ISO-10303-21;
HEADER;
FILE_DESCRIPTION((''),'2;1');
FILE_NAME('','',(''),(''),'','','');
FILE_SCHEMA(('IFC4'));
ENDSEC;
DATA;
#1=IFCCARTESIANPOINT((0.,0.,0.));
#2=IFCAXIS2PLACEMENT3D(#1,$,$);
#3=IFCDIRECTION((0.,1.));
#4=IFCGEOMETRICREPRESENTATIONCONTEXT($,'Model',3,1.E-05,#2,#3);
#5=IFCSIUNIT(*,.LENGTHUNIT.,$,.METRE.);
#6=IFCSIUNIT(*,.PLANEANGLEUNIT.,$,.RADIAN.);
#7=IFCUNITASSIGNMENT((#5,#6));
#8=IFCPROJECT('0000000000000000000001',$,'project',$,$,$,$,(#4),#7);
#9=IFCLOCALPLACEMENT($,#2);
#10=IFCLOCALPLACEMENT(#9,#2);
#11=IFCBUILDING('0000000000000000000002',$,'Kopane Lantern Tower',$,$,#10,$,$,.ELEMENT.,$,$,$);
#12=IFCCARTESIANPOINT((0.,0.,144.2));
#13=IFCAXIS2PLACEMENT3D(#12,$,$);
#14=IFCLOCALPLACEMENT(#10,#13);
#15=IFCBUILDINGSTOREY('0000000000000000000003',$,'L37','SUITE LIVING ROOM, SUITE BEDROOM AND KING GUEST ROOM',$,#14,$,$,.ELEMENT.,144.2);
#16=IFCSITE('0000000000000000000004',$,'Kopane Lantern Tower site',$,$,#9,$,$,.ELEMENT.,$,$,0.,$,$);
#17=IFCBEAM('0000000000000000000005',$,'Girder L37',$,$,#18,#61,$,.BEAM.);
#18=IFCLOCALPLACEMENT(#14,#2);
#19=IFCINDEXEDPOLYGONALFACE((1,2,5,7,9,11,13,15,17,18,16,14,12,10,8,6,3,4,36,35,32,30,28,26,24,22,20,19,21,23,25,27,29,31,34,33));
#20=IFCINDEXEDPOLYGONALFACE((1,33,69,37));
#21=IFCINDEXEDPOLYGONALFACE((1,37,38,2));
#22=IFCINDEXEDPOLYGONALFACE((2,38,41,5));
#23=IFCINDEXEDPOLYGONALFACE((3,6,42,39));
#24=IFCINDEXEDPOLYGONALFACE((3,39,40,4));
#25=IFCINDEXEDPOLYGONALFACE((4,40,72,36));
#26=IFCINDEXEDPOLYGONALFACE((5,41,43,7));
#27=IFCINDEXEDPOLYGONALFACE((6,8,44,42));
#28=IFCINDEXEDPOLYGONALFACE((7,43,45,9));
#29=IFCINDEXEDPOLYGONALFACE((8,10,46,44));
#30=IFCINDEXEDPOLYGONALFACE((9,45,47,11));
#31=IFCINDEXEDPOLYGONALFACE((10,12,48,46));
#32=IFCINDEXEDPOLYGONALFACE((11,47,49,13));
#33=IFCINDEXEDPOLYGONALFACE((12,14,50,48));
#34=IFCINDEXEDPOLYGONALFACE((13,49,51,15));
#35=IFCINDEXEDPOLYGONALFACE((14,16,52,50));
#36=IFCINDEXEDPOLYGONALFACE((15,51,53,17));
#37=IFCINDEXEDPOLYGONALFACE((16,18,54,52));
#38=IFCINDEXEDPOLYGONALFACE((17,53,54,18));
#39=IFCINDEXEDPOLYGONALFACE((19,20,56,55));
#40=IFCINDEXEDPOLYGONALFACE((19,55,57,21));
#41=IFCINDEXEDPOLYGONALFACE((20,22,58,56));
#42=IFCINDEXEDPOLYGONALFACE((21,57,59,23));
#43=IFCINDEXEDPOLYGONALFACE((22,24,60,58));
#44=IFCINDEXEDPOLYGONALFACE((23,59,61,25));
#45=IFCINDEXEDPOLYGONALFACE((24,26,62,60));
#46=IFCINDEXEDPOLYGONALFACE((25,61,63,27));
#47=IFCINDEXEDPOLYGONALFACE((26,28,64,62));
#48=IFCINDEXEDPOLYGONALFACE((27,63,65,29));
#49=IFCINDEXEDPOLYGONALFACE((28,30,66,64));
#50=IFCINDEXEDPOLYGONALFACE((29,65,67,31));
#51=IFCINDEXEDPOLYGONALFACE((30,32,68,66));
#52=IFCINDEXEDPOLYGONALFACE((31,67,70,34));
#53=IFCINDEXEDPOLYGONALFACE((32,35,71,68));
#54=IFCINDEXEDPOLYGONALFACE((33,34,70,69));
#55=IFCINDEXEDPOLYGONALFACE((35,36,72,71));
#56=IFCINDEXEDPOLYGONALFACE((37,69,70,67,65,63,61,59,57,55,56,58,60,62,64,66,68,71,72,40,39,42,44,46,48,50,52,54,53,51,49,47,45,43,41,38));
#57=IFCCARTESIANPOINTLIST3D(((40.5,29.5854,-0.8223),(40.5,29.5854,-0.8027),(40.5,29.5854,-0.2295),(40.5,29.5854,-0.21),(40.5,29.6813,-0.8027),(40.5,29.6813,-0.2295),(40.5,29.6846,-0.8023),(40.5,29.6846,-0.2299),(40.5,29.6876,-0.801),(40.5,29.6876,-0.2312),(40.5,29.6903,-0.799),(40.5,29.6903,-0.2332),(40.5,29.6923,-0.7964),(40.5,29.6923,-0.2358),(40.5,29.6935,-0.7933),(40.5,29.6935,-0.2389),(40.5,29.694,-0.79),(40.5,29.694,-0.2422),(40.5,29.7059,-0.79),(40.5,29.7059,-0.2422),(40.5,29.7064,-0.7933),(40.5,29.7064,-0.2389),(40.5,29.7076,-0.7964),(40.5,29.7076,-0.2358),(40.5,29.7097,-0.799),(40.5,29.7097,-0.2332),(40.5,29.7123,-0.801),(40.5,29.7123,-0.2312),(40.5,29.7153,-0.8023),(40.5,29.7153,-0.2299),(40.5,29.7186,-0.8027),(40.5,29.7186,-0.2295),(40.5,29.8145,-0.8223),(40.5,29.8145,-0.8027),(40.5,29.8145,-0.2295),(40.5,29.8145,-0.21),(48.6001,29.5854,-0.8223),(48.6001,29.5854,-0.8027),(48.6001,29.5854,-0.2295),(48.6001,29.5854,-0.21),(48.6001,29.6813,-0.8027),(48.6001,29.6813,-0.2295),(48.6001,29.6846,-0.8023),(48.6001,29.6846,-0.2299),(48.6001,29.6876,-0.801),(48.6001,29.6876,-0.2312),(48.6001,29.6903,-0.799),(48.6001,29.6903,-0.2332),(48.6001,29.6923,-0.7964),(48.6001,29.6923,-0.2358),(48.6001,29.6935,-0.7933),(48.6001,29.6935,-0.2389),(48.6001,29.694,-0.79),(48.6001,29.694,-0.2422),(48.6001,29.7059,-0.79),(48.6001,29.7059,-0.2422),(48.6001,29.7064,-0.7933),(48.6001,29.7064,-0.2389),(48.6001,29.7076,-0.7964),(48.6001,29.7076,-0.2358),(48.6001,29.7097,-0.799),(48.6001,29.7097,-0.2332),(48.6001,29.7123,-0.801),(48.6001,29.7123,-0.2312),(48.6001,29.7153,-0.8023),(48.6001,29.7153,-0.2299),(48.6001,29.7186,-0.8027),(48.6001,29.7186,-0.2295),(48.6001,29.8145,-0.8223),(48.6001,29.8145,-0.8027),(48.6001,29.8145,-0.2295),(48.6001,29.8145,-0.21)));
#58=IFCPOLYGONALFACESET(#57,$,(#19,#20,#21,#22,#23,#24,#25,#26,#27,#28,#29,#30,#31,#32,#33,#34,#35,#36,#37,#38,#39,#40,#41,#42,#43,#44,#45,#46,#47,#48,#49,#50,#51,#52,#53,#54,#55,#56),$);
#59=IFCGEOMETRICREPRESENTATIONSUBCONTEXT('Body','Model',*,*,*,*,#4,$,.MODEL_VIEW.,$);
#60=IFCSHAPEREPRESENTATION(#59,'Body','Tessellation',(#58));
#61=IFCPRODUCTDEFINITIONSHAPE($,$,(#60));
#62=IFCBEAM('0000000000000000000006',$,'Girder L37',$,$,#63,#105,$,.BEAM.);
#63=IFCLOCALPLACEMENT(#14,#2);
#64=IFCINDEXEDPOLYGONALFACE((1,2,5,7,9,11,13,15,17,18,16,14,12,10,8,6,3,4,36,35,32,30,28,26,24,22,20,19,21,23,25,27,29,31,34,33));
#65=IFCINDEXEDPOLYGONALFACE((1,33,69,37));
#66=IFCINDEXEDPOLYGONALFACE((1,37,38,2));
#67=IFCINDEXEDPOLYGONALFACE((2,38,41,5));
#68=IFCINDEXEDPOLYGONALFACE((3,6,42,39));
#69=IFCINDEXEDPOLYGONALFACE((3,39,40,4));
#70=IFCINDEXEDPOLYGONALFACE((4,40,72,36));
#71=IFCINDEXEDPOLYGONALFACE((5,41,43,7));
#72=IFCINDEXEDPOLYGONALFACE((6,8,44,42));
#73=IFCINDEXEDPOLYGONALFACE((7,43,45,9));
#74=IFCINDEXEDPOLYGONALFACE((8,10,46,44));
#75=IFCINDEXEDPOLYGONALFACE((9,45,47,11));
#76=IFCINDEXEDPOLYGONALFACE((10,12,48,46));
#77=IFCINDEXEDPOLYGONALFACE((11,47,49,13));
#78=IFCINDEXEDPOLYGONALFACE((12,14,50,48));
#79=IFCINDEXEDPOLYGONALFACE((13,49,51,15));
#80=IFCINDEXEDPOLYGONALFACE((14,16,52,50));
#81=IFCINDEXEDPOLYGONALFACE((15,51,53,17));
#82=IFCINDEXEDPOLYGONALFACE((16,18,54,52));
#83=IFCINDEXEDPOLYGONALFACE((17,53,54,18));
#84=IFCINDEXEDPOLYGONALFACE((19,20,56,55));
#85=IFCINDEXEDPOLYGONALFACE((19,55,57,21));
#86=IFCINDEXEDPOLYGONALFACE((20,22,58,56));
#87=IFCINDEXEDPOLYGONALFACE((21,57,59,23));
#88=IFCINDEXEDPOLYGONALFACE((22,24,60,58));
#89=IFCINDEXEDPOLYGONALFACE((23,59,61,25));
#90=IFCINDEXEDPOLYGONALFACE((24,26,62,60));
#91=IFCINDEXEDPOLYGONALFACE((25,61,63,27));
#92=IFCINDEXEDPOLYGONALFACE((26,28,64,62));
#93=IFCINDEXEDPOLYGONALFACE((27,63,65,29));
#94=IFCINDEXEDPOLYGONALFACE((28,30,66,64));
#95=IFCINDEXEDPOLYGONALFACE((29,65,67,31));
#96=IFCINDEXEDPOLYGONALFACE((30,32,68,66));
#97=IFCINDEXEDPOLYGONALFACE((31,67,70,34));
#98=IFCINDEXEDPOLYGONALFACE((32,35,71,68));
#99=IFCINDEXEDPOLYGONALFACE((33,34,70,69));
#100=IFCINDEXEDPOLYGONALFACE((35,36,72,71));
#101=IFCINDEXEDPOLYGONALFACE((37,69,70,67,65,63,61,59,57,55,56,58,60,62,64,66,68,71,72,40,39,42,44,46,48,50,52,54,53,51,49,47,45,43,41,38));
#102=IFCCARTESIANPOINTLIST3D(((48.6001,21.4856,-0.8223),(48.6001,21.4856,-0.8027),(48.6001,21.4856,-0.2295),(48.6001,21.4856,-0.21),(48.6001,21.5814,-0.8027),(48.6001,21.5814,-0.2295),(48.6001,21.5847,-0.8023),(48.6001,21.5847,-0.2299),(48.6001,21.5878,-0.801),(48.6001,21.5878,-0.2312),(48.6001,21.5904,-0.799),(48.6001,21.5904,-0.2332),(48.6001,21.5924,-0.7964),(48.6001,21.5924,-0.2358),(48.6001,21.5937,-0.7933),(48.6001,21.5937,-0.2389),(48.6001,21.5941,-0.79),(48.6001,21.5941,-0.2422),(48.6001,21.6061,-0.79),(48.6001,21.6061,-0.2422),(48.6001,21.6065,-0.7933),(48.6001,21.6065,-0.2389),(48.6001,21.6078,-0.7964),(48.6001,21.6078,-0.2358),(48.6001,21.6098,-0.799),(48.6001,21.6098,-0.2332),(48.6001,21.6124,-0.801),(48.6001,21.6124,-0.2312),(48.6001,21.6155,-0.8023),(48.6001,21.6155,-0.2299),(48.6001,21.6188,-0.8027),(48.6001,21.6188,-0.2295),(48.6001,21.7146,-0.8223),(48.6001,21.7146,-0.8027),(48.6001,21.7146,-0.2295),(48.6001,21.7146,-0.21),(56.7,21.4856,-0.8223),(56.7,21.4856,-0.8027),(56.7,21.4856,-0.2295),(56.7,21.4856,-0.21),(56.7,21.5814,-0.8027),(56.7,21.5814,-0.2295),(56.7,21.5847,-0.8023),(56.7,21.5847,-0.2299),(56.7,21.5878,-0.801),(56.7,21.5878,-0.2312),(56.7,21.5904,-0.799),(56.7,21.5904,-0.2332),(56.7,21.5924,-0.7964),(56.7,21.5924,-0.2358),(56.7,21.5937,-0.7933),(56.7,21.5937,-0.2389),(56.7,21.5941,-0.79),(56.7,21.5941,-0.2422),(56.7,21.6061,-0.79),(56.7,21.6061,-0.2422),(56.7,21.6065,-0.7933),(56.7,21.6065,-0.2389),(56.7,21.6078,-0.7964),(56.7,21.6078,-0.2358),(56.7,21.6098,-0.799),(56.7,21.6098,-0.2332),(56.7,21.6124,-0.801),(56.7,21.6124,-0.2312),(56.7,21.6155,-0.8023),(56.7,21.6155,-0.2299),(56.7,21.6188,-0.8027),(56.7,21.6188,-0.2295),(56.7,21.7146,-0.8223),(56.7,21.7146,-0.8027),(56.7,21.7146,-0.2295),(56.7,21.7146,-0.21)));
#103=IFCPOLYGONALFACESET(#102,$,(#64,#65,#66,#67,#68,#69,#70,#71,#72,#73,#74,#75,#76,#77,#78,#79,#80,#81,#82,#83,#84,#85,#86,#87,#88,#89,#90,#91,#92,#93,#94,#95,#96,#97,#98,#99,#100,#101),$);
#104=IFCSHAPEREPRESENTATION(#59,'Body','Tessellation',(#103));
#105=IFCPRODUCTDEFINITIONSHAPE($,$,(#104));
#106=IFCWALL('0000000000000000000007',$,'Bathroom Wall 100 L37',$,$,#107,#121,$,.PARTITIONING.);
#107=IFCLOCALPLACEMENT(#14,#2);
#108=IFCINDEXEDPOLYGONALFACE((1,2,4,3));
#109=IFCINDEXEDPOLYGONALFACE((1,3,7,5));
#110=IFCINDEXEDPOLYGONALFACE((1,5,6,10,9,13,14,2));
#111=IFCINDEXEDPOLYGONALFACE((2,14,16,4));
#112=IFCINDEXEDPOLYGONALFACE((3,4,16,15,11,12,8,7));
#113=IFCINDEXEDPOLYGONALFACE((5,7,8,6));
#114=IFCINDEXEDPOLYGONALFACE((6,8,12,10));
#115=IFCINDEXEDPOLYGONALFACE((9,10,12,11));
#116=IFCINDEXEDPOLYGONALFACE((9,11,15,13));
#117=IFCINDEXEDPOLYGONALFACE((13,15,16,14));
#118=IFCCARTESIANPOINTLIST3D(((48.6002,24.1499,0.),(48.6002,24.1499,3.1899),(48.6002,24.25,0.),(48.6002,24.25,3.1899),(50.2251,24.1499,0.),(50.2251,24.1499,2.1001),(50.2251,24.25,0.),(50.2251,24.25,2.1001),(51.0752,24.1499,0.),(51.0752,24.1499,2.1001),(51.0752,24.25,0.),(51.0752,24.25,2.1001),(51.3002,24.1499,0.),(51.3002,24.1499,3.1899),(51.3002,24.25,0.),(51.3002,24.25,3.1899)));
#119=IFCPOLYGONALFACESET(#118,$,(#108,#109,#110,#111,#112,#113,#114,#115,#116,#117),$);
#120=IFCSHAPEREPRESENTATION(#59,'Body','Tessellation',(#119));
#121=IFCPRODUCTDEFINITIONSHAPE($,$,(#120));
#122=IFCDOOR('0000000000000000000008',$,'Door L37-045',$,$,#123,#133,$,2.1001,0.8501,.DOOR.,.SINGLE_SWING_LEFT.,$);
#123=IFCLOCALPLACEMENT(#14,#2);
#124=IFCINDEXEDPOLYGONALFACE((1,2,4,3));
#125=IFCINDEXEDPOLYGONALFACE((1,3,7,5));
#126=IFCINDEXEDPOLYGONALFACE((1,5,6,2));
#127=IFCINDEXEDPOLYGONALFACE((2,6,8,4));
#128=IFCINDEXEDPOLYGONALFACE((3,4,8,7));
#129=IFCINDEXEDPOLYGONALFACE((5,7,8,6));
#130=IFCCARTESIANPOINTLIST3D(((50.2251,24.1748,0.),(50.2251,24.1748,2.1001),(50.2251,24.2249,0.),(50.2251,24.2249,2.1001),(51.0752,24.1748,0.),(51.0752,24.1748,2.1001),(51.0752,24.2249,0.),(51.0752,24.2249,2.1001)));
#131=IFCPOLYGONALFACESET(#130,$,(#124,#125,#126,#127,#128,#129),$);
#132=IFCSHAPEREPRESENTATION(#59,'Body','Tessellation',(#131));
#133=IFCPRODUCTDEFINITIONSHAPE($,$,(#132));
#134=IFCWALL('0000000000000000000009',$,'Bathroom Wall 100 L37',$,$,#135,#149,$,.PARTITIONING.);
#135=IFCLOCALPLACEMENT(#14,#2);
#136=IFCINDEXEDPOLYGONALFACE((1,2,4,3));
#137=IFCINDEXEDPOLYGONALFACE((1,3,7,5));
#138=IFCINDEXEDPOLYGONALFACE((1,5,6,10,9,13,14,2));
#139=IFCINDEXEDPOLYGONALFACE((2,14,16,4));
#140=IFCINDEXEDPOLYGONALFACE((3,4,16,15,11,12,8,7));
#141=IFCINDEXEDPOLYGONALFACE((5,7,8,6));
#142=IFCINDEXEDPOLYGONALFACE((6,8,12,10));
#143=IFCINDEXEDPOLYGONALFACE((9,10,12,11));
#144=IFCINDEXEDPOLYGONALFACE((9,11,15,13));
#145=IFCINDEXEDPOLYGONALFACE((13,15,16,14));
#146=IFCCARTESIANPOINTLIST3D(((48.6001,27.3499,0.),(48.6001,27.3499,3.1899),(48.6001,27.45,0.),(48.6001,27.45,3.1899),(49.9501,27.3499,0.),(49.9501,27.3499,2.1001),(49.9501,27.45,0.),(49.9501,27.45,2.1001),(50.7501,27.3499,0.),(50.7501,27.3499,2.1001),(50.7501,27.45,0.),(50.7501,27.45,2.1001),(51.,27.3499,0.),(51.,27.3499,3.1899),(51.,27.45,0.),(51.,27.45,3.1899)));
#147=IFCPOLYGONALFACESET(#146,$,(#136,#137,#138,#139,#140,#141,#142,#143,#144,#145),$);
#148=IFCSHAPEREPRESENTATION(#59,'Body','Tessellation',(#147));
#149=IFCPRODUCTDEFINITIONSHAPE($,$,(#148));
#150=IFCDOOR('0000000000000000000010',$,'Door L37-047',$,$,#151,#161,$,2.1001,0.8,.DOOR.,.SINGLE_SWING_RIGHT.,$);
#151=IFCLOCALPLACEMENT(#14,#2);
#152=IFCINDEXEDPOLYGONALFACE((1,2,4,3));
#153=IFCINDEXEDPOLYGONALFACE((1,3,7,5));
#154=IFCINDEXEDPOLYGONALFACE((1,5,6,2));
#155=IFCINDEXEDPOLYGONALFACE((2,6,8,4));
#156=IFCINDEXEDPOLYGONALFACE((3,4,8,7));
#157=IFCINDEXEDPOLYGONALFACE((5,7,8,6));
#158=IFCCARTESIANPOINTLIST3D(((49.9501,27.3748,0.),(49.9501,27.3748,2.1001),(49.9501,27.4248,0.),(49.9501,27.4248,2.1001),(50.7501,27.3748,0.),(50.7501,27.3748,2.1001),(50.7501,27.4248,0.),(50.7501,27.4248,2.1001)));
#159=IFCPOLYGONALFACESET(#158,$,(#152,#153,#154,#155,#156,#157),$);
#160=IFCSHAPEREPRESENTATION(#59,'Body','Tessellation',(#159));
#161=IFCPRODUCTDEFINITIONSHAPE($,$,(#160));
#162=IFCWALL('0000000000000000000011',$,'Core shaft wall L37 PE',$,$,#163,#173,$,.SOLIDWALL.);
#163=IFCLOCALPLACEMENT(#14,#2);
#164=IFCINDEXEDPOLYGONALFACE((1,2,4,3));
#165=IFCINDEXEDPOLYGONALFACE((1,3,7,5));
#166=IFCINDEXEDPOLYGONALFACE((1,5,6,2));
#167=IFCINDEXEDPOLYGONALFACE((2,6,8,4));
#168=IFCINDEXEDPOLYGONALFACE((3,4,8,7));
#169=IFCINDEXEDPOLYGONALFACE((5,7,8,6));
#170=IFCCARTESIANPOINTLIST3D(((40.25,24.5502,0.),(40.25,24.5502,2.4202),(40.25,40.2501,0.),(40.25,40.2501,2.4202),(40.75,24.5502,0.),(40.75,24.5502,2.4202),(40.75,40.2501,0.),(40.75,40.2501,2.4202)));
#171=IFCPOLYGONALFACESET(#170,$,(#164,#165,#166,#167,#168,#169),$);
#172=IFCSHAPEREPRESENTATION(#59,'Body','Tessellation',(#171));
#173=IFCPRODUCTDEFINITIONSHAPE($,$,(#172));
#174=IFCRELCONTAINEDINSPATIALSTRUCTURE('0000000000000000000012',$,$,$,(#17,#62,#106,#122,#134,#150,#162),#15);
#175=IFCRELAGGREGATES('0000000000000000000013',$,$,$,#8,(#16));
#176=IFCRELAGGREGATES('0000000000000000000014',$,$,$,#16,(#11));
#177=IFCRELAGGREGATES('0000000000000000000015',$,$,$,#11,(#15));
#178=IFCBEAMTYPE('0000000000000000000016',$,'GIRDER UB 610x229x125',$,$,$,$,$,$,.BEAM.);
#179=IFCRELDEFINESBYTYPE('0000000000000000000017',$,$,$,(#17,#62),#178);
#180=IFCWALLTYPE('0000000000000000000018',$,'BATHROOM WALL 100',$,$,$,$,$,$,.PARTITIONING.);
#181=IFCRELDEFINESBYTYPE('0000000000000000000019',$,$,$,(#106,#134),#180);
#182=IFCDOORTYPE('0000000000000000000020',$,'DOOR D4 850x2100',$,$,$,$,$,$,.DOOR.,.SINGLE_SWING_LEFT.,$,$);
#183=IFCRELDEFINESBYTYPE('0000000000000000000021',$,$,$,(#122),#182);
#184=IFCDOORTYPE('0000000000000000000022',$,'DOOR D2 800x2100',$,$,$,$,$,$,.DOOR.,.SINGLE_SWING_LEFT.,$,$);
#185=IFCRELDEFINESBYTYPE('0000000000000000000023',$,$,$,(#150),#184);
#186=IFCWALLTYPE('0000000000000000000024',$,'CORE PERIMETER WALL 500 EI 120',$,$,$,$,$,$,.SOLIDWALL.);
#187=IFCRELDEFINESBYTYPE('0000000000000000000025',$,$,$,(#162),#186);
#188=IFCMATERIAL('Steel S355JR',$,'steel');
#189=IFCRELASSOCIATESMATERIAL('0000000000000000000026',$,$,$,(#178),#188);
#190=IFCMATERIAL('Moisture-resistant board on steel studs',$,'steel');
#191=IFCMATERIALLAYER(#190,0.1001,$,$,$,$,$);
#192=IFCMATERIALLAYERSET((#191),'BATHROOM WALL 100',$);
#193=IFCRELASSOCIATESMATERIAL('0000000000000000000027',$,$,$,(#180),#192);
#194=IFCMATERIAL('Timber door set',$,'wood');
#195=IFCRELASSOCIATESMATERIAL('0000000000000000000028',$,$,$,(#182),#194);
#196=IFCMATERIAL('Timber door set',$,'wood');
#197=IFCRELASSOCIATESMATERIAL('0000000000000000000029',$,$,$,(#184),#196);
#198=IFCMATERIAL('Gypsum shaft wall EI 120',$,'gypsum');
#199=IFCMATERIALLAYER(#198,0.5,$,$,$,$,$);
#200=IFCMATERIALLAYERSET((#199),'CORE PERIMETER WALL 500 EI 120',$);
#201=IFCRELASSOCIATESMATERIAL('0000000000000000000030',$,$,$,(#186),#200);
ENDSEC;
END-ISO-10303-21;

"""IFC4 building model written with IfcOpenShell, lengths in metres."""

from ifc_helpers import new_model, si_unit, direction, frame, frame_2d, origin, origin_2d, place, context, subcontext, project, spatial, rectangle, i_section, extrude, material, layer, layer_set, material_profile, profile_set, type_object, element, fill, save


model = new_model("IFC4")

# Units and contexts
model_context = context("Model", 3, precision=1e-05, world=origin(), true_north=direction((0.0, 1.0)))
body_context = subcontext(model_context, "Body", "Model", "MODEL_VIEW")
ifc_project = project(units=[si_unit("LENGTHUNIT", "METRE"), si_unit("PLANEANGLEUNIT", "RADIAN")], contexts=[model_context])

# Site, building, storey
site_placement = place(None, origin())
site = spatial("IfcSite", under=ifc_project, at=site_placement, Name="Kopane Lantern Tower site", CompositionType="ELEMENT", RefElevation=0.0)
building_placement = place(site_placement, origin())
building = spatial("IfcBuilding", under=site, at=building_placement, Name="Kopane Lantern Tower", CompositionType="ELEMENT")
storey_placement = place(building_placement, frame((0.0, 0.0, 144.2)))
storey = spatial("IfcBuildingStorey", under=building, at=storey_placement, Name="L37", Description="SUITE LIVING ROOM, SUITE BEDROOM AND KING GUEST ROOM", CompositionType="ELEMENT", Elevation=144.2)

# Beams
ifc_material_1 = material(Name="Steel S355JR", Category="steel")
ifc_material_profile = material_profile(ifc_material_1, i_section(OverallWidth=0.229, OverallDepth=0.6123, WebThickness=0.012, FlangeThickness=0.0195, FilletRadius=0.0127, at=origin_2d()), Name="UB 610x229x125")
ifc_profile_set = profile_set([ifc_material_profile], Name="Steel S355JR")
beam_type = type_object("IfcBeamType", Name="GIRDER UB 610x229x125", PredefinedType="BEAM", material=ifc_profile_set)
beam_1_placement = place(storey_placement, frame((40.5, 29.7, -0.5161), z_axis=(1.0, 0.0, 0.0), x_axis=(0.0, 1.0, 0.0)))
element("IfcBeam", 1, at=beam_1_placement, inside=storey, type_object=beam_type, Name="Girder L37", PredefinedType="BEAM", context=body_context, shape_type="SweptSolid", body=[
    extrude(i_section(OverallWidth=0.229, OverallDepth=0.6123, WebThickness=0.012, FlangeThickness=0.0195, FilletRadius=0.0127, at=origin_2d()), origin(), (0.0, 0.0, 1.0), 8.1001),
])
beam_2_placement = place(storey_placement, frame((48.6001, 21.6001, -0.5161), z_axis=(1.0, 0.0, 0.0), x_axis=(0.0, 1.0, 0.0)))
element("IfcBeam", 2, at=beam_2_placement, inside=storey, type_object=beam_type, Name="Girder L37", PredefinedType="BEAM", context=body_context, shape_type="SweptSolid", body=[
    extrude(i_section(OverallWidth=0.229, OverallDepth=0.6123, WebThickness=0.012, FlangeThickness=0.0195, FilletRadius=0.0127, at=origin_2d()), origin(), (0.0, 0.0, 1.0), 8.0999),
])

# Walls, openings, doors
ifc_material_2 = material(Name="Moisture-resistant board on steel studs", Category="steel")
ifc_layer_1 = layer(ifc_material_2, 0.1001)
ifc_layer_set_1 = layer_set([ifc_layer_1], Name="BATHROOM WALL 100")
wall_type_1 = type_object("IfcWallType", Name="BATHROOM WALL 100", PredefinedType="PARTITIONING", material=ifc_layer_set_1)
wall_1_placement = place(storey_placement, frame((48.6001, 24.2, 0.0), z_axis=(0.0, 0.0, 1.0), x_axis=(1.0, 0.0, 0.0)))
wall_1 = element("IfcWall", 3, at=wall_1_placement, inside=storey, type_object=wall_type_1, Name="Bathroom Wall 100 L37", PredefinedType="PARTITIONING", context=body_context, shape_type="SweptSolid", body=[
    extrude(rectangle(XDim=2.7, YDim=0.1001, at=frame_2d((1.3501, 0.0))), origin(), (0.0, 0.0, 1.0), 3.1899),
])
opening_1_placement = place(wall_1_placement, frame((1.625, 0.0, 0.0)))
opening_1 = element("IfcOpeningElement", 4, at=opening_1_placement, cuts=wall_1, PredefinedType="OPENING", context=body_context, shape_type="SweptSolid", body=[
    extrude(rectangle(XDim=0.8501, YDim=2.1001, at=frame_2d((0.425, 1.05))), frame((0.0, 0.0601, 0.0), z_axis=(0.0, -1.0, 0.0), x_axis=(1.0, 0.0, 0.0)), (0.0, 0.0, 1.0), 0.1201),
])
ifc_material_3 = material(Name="Timber door set", Category="wood")
door_type_1 = type_object("IfcDoorType", Name="DOOR D4 850x2100", OperationType="SINGLE_SWING_LEFT", PredefinedType="DOOR", material=ifc_material_3)
door_1_placement = place(opening_1_placement, origin())
door_1 = element("IfcDoor", 5, at=door_1_placement, inside=storey, type_object=door_type_1, Name="Door L37-045", OperationType="SINGLE_SWING_LEFT", OverallHeight=2.1001, OverallWidth=0.8501, PredefinedType="DOOR", context=body_context, shape_type="SweptSolid", body=[
    extrude(rectangle(XDim=0.8501, YDim=2.1001, at=frame_2d((0.425, 1.05))), frame((0.0, 0.0249, 0.0), z_axis=(0.0, -1.0, 0.0), x_axis=(1.0, 0.0, 0.0)), (0.0, 0.0, 1.0), 0.05),
])
fill(opening_1, door_1)
wall_2_placement = place(storey_placement, frame((48.6001, 27.3999, 0.0), z_axis=(0.0, 0.0, 1.0), x_axis=(1.0, 0.0, 0.0)))
wall_2 = element("IfcWall", 6, at=wall_2_placement, inside=storey, type_object=wall_type_1, Name="Bathroom Wall 100 L37", PredefinedType="PARTITIONING", context=body_context, shape_type="SweptSolid", body=[
    extrude(rectangle(XDim=2.3999, YDim=0.1001, at=frame_2d((1.2, 0.0))), origin(), (0.0, 0.0, 1.0), 3.1899),
])
opening_2_placement = place(wall_2_placement, frame((1.3501, 0.0, 0.0)))
opening_2 = element("IfcOpeningElement", 7, at=opening_2_placement, cuts=wall_2, PredefinedType="OPENING", context=body_context, shape_type="SweptSolid", body=[
    extrude(rectangle(XDim=0.8, YDim=2.1001, at=frame_2d((0.3999, 1.05))), frame((0.0, 0.0601, 0.0), z_axis=(0.0, -1.0, 0.0), x_axis=(1.0, 0.0, 0.0)), (0.0, 0.0, 1.0), 0.1201),
])
ifc_material_4 = material(Name="Timber door set", Category="wood")
door_type_2 = type_object("IfcDoorType", Name="DOOR D2 800x2100", OperationType="SINGLE_SWING_LEFT", PredefinedType="DOOR", material=ifc_material_4)
door_2_placement = place(opening_2_placement, origin())
door_2 = element("IfcDoor", 8, at=door_2_placement, inside=storey, type_object=door_type_2, Name="Door L37-047", OperationType="SINGLE_SWING_RIGHT", OverallHeight=2.1001, OverallWidth=0.8, PredefinedType="DOOR", context=body_context, shape_type="SweptSolid", body=[
    extrude(rectangle(XDim=0.8, YDim=2.1001, at=frame_2d((0.3999, 1.05))), frame((0.0, 0.0249, 0.0), z_axis=(0.0, -1.0, 0.0), x_axis=(1.0, 0.0, 0.0)), (0.0, 0.0, 1.0), 0.05),
])
fill(opening_2, door_2)

# Wall
ifc_material_5 = material(Name="Gypsum shaft wall EI 120", Category="gypsum")
ifc_layer_2 = layer(ifc_material_5, 0.5)
ifc_layer_set_2 = layer_set([ifc_layer_2], Name="CORE PERIMETER WALL 500 EI 120")
wall_type_2 = type_object("IfcWallType", Name="CORE PERIMETER WALL 500 EI 120", PredefinedType="SOLIDWALL", material=ifc_layer_set_2)
wall_3_placement = place(storey_placement, frame((40.5, 24.55, 0.0), z_axis=(0.0, 0.0, 1.0), x_axis=(0.0, 1.0, 0.0)))
element("IfcWall", 9, at=wall_3_placement, inside=storey, type_object=wall_type_2, Name="Core shaft wall L37 PE", PredefinedType="SOLIDWALL", context=body_context, shape_type="SweptSolid", body=[
    extrude(rectangle(XDim=15.7, YDim=0.5, at=frame_2d((7.8501, 0.0))), origin(), (0.0, 0.0, 1.0), 2.4202),
])

save(model, "model.ifc")
